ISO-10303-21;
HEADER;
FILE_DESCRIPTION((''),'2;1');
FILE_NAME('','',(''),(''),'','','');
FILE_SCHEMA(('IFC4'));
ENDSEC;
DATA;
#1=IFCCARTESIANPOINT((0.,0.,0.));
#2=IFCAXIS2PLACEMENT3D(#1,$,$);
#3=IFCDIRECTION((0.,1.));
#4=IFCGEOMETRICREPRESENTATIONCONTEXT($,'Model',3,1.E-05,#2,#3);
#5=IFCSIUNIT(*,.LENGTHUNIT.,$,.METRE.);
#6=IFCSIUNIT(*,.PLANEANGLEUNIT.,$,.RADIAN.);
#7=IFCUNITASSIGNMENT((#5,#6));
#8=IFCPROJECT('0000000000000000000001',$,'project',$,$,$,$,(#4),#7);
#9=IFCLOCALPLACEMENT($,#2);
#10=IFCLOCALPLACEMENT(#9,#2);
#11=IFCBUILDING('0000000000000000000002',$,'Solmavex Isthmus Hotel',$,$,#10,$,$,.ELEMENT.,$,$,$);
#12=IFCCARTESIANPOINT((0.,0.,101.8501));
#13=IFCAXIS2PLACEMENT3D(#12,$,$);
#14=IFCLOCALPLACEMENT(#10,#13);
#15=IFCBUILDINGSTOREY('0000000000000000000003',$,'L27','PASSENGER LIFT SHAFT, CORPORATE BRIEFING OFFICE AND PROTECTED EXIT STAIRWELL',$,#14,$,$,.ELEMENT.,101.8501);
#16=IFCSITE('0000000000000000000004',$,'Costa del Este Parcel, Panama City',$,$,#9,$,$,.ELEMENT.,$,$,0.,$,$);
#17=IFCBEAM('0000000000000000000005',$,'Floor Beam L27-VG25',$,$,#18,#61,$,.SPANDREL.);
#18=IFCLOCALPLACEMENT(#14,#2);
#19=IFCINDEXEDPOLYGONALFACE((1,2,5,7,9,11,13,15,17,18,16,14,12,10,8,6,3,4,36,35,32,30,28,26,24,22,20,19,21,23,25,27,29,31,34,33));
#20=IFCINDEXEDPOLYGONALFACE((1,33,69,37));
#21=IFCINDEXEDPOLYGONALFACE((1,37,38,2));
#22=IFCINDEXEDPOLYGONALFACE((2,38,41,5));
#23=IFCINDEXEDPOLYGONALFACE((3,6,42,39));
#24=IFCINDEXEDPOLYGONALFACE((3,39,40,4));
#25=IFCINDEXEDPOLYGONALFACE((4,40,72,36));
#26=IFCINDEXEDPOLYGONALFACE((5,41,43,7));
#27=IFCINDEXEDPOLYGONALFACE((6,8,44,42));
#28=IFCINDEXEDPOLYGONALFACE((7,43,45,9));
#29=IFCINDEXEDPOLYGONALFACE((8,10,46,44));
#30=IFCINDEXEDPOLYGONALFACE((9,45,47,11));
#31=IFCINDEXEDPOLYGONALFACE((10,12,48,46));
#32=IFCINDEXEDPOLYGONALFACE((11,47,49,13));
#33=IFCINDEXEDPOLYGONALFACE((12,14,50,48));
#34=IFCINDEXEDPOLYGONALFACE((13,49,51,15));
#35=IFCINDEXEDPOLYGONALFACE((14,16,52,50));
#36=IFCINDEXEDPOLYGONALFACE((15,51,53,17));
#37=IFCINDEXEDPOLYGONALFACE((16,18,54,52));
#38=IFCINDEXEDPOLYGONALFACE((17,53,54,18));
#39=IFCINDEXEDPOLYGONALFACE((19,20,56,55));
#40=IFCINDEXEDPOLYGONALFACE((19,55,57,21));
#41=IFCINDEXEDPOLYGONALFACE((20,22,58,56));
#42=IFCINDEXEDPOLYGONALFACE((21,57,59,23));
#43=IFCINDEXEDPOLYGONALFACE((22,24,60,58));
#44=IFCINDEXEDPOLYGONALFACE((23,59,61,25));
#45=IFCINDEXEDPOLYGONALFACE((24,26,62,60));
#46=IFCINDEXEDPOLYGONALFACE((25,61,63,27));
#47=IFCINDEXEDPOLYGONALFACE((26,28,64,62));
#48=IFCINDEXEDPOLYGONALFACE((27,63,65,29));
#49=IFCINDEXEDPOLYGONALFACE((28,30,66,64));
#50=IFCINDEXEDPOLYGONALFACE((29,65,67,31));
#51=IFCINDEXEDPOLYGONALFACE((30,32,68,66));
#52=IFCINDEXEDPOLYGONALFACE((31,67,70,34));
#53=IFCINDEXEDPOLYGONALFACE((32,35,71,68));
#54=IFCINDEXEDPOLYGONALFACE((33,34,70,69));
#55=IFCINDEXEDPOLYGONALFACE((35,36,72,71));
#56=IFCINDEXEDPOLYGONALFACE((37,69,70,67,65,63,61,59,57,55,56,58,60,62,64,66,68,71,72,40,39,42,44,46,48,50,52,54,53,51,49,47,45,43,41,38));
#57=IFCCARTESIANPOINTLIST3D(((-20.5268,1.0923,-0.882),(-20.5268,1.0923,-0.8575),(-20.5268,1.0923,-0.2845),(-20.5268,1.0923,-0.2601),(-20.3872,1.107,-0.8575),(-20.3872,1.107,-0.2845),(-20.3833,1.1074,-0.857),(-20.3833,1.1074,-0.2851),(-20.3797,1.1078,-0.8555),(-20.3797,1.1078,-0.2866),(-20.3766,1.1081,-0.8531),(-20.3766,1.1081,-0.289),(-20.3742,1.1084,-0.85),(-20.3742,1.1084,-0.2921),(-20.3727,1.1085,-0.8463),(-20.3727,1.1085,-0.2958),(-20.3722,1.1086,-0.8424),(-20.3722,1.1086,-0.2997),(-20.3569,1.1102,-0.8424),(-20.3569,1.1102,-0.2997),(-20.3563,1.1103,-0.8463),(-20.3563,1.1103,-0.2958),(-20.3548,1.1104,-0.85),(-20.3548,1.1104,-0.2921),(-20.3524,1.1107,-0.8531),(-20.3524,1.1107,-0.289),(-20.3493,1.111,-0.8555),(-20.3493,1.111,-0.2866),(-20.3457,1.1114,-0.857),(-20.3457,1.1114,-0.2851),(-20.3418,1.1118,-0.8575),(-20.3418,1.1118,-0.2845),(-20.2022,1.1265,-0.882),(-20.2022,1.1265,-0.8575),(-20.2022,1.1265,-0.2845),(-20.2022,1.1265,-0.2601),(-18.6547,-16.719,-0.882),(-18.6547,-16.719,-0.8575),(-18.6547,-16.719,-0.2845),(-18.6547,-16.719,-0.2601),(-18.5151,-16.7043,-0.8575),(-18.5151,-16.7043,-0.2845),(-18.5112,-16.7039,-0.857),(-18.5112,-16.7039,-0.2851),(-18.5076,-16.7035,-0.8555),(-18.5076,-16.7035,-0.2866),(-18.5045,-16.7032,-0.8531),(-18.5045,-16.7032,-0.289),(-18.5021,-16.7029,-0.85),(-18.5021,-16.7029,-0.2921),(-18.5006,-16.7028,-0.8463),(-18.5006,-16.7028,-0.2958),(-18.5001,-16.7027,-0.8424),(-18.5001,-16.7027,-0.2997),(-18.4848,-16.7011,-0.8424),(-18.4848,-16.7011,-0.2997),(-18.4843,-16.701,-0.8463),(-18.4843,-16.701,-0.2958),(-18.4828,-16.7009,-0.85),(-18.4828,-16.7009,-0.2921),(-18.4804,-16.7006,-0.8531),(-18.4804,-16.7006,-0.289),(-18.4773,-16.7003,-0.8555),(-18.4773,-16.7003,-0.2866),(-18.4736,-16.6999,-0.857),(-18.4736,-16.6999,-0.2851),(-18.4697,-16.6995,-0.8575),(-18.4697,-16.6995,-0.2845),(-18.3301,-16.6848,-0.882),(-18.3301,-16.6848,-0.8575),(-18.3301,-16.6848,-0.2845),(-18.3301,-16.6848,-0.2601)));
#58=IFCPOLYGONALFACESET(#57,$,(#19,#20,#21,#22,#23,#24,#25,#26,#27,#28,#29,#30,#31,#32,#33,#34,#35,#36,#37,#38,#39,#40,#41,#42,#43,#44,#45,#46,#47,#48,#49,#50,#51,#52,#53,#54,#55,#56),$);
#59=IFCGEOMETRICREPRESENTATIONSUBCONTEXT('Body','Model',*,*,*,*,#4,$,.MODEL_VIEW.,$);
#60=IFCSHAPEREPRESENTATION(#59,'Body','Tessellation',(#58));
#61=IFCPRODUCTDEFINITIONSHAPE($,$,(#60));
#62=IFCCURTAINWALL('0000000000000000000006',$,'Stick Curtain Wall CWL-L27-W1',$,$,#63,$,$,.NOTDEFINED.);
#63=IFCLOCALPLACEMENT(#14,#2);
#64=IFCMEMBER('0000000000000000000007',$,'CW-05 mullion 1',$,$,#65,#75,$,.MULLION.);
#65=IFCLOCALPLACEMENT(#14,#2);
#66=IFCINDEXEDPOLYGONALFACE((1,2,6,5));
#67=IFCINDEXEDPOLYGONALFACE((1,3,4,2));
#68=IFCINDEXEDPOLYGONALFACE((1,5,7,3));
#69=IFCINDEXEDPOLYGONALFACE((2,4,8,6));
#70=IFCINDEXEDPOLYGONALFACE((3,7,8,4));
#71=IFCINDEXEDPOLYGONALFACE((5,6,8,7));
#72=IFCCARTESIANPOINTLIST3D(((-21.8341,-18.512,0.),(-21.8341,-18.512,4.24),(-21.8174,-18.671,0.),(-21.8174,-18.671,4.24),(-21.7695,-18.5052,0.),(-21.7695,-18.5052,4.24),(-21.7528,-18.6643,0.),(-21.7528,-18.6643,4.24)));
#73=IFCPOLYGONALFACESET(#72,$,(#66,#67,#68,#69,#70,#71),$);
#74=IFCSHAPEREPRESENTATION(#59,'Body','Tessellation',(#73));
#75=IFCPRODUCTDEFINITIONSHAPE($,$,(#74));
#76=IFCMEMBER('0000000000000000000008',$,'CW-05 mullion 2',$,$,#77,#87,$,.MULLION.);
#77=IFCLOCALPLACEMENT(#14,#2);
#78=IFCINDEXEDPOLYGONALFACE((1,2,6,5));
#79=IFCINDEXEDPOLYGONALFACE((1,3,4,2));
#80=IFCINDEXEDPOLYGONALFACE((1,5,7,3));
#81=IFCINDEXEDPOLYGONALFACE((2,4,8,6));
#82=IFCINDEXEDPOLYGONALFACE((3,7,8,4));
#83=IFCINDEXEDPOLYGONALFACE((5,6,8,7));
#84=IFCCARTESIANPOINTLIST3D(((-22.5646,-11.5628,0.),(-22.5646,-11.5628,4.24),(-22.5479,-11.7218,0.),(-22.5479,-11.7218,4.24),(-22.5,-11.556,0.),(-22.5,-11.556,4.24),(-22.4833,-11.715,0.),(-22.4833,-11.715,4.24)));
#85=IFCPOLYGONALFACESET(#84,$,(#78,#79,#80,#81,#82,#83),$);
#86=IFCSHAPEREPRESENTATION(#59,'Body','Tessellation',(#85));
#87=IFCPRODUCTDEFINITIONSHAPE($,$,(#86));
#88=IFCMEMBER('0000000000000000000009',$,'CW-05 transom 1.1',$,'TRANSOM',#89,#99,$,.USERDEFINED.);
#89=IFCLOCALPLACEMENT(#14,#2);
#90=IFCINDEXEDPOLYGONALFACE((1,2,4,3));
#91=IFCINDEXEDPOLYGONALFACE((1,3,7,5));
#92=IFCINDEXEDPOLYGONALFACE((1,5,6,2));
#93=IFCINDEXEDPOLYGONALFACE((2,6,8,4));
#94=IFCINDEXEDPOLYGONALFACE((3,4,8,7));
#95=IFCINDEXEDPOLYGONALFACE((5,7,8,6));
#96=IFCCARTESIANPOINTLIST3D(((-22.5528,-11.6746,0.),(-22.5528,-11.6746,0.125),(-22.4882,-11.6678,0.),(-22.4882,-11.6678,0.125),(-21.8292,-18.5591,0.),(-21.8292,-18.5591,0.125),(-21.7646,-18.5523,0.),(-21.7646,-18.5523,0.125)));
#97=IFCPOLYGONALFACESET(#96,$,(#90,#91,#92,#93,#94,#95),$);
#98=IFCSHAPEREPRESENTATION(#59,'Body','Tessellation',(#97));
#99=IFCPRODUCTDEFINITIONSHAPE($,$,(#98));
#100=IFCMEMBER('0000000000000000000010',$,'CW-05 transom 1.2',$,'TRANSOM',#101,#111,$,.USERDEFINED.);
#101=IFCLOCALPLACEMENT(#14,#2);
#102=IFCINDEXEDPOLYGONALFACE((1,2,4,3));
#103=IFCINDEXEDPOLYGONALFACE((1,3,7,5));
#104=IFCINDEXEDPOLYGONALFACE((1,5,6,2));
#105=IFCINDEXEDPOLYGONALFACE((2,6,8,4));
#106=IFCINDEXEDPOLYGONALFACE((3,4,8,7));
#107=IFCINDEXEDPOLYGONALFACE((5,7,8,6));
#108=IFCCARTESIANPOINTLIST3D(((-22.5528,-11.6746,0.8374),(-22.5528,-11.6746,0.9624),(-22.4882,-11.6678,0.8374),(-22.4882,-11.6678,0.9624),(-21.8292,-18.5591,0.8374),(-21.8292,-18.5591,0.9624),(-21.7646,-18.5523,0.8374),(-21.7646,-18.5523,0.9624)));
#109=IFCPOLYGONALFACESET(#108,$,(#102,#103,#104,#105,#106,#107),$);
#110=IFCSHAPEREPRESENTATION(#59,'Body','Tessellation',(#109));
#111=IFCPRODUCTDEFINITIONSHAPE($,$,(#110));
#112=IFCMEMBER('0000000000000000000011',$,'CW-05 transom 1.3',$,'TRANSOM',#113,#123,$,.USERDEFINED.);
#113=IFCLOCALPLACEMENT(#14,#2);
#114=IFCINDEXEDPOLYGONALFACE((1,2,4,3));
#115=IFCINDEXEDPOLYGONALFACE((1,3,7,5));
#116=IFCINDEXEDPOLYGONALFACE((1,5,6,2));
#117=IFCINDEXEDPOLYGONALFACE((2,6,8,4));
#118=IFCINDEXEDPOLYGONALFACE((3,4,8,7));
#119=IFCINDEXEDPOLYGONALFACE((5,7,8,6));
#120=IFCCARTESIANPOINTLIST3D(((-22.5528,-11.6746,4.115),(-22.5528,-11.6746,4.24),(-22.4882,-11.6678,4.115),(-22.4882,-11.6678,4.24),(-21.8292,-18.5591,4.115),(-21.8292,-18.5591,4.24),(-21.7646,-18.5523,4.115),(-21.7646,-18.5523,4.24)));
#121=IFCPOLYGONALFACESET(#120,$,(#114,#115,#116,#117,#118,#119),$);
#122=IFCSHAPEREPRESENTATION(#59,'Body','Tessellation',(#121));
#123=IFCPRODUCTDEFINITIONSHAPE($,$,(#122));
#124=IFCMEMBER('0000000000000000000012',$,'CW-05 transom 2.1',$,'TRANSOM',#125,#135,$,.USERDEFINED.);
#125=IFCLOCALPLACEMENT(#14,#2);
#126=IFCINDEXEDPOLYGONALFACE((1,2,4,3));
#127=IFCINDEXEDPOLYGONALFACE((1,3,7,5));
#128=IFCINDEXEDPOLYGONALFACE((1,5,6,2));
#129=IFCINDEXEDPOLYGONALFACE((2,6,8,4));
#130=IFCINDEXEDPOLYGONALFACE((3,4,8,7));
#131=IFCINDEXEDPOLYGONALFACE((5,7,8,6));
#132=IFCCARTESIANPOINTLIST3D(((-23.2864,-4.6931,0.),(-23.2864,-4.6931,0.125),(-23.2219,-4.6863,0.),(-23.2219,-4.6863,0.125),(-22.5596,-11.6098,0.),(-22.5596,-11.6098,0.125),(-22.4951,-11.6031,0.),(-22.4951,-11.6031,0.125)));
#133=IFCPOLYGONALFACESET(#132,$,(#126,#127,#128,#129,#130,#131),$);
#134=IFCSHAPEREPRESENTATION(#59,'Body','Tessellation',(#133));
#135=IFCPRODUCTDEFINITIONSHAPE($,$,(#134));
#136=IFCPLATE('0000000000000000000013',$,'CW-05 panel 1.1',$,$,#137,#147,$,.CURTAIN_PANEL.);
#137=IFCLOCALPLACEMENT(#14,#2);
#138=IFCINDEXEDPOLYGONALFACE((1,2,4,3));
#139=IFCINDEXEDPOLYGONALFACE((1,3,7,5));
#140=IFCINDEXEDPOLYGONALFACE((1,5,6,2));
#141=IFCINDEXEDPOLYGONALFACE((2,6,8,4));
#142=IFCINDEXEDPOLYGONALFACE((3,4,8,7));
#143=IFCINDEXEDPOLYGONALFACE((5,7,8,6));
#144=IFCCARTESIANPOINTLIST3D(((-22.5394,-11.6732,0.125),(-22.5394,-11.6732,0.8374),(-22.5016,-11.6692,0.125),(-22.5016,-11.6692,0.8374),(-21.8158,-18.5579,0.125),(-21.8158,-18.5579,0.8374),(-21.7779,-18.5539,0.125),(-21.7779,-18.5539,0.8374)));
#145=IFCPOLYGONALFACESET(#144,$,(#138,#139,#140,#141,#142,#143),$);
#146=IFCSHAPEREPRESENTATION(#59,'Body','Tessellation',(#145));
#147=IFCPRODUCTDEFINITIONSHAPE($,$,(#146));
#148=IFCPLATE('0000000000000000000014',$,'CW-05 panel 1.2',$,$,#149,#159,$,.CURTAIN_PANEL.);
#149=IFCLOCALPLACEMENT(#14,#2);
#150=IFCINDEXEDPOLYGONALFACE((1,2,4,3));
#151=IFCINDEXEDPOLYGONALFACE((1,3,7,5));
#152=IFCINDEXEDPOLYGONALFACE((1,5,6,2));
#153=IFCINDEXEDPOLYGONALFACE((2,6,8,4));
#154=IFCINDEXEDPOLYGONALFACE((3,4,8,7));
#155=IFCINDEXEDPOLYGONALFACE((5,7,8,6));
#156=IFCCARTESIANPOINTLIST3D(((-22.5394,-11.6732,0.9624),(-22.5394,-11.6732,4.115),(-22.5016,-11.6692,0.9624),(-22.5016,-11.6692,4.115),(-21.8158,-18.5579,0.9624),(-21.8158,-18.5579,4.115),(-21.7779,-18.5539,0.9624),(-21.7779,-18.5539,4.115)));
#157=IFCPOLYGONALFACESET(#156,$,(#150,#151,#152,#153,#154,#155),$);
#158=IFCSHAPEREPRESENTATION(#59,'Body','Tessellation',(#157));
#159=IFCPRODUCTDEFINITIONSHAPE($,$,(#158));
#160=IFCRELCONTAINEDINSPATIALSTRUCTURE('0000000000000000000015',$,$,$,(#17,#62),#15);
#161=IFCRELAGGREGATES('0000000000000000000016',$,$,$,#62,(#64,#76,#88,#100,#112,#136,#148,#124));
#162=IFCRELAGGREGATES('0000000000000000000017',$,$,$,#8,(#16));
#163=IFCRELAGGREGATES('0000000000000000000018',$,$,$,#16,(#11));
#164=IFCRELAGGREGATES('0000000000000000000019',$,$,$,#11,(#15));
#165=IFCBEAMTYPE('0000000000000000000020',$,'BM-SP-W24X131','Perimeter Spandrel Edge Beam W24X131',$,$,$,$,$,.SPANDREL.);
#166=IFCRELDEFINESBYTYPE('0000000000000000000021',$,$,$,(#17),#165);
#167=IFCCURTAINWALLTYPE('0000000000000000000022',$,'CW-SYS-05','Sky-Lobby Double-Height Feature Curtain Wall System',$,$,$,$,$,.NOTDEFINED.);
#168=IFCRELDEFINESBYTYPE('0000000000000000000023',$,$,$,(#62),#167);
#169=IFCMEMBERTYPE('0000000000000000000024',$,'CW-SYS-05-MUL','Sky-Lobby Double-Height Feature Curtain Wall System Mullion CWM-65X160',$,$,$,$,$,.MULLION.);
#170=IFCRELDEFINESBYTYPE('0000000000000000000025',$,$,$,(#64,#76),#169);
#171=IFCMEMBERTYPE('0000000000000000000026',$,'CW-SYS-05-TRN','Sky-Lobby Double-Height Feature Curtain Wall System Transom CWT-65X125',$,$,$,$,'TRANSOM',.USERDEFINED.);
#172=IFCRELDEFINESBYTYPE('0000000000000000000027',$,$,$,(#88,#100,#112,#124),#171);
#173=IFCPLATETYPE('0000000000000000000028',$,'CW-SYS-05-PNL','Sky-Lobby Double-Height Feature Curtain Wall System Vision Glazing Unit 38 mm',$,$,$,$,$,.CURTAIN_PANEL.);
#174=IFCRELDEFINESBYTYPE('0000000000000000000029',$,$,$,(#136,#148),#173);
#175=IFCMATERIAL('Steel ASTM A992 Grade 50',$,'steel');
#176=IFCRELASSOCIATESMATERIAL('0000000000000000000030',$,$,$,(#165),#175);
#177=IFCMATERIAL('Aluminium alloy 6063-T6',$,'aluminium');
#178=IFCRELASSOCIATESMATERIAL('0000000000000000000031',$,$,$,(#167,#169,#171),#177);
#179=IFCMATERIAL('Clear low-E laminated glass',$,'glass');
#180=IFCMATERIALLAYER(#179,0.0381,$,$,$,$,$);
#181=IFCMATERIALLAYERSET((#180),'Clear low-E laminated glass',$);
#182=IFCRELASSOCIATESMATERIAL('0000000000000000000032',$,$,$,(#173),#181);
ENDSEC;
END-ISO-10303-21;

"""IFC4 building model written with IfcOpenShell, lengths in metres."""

from ifc_helpers import new_model, si_unit, direction, frame, origin, origin_2d, place, context, subcontext, project, spatial, rectangle, i_section, extrude, material, layer, layer_set, material_profile, profile_set, type_object, element, aggregate, save


model = new_model("IFC4")

# Units and contexts
model_context = context("Model", 3, precision=1e-05, world=origin(), true_north=direction((0.0, 1.0)))
body_context = subcontext(model_context, "Body", "Model", "MODEL_VIEW")
ifc_project = project(units=[si_unit("LENGTHUNIT", "METRE"), si_unit("PLANEANGLEUNIT", "RADIAN")], contexts=[model_context])

# Site, building, storey
site_placement = place(None, origin())
site = spatial("IfcSite", under=ifc_project, at=site_placement, Name="Costa del Este Parcel, Panama City", CompositionType="ELEMENT", RefElevation=0.0)
building_placement = place(site_placement, origin())
building = spatial("IfcBuilding", under=site, at=building_placement, Name="Solmavex Isthmus Hotel", CompositionType="ELEMENT")
storey_placement = place(building_placement, frame((0.0, 0.0, 101.8501)))
storey = spatial("IfcBuildingStorey", under=building, at=storey_placement, Name="L27", Description="PASSENGER LIFT SHAFT, CORPORATE BRIEFING OFFICE AND PROTECTED EXIT STAIRWELL", CompositionType="ELEMENT", Elevation=101.8501)

# Beam
ifc_material_1 = material(Name="Steel ASTM A992 Grade 50", Category="steel")
ifc_material_profile_1 = material_profile(ifc_material_1, i_section(OverallWidth=0.3264, OverallDepth=0.6218, WebThickness=0.0154, FlangeThickness=0.0244, FilletRadius=0.0151, at=origin_2d()), Name="W24X131")
ifc_profile_set_1 = profile_set([ifc_material_profile_1], Name="Steel ASTM A992 Grade 50")
beam_type_1 = type_object("IfcBeamType", Name="BM-SP-W24X131", Description="Perimeter Spandrel Edge Beam W24X131", PredefinedType="SPANDREL", material=ifc_profile_set_1)
beam_1_placement = place(storey_placement, frame((-18.4924, -16.7019, -0.571), z_axis=(-0.10453, 0.994522, 0.0), x_axis=(-0.994522, -0.10453, 0.0)))
element("IfcBeam", 1, at=beam_1_placement, inside=storey, type_object=beam_type_1, Name="Floor Beam L27-VG25", PredefinedType="SPANDREL", context=body_context, shape_type="SweptSolid", body=[
    extrude(i_section(OverallWidth=0.3264, OverallDepth=0.6218, WebThickness=0.0154, FlangeThickness=0.0244, FilletRadius=0.0151, at=origin_2d()), origin(), (0.0, 0.0, 1.0), 17.9094),
])

# Curtain wall, members, plates
ifc_material_2 = material(Name="Aluminium alloy 6063-T6", Category="aluminium")
curtain_wall_type = type_object("IfcCurtainWallType", Name="CW-SYS-05", Description="Sky-Lobby Double-Height Feature Curtain Wall System", PredefinedType="NOTDEFINED", material=ifc_material_2)
curtain_wall_placement = place(storey_placement, origin())
curtain_wall = element("IfcCurtainWall", 2, at=curtain_wall_placement, inside=storey, type_object=curtain_wall_type, Name="Stick Curtain Wall CWL-L27-W1", PredefinedType="NOTDEFINED")
ifc_material_profile_2 = material_profile(ifc_material_2, rectangle(XDim=0.0649, YDim=0.1599, at=origin_2d()), Name="CWM-65X160")
ifc_profile_set_2 = profile_set([ifc_material_profile_2], Name="Aluminium alloy 6063-T6")
member_type_1 = type_object("IfcMemberType", Name="CW-SYS-05-MUL", Description="Sky-Lobby Double-Height Feature Curtain Wall System Mullion CWM-65X160", PredefinedType="MULLION", material=ifc_profile_set_2)
member_1_placement = place(storey_placement, frame((-21.7935, -18.5881, 0.0), z_axis=(0.0, 0.0, 1.0), x_axis=(-0.994522, -0.104528, 0.0)))
member_1 = element("IfcMember", 3, at=member_1_placement, type_object=member_type_1, Name="CW-05 mullion 1", PredefinedType="MULLION", context=body_context, shape_type="SweptSolid", body=[
    extrude(rectangle(XDim=0.0649, YDim=0.1599, at=origin_2d()), origin(), (0.0, 0.0, 1.0), 4.24),
])
member_2_placement = place(storey_placement, frame((-22.5239, -11.6389, 0.0), z_axis=(0.0, 0.0, 1.0), x_axis=(-0.994522, -0.104528, 0.0)))
member_2 = element("IfcMember", 4, at=member_2_placement, type_object=member_type_1, Name="CW-05 mullion 2", PredefinedType="MULLION", context=body_context, shape_type="SweptSolid", body=[
    extrude(rectangle(XDim=0.0649, YDim=0.1599, at=origin_2d()), origin(), (0.0, 0.0, 1.0), 4.24),
])
ifc_material_profile_3 = material_profile(ifc_material_2, rectangle(XDim=0.0649, YDim=0.125, at=origin_2d()), Name="CWT-65X125")
ifc_profile_set_3 = profile_set([ifc_material_profile_3], Name="Aluminium alloy 6063-T6")
member_type_2 = type_object("IfcMemberType", Name="CW-SYS-05-TRN", Description="Sky-Lobby Double-Height Feature Curtain Wall System Transom CWT-65X125", ElementType="TRANSOM", PredefinedType="USERDEFINED", material=ifc_profile_set_3)
member_3_placement = place(storey_placement, frame((-21.7969, -18.5557, 0.0625), z_axis=(-0.104534, 0.994521, 0.0), x_axis=(-0.994521, -0.104534, 0.0)))
member_3 = element("IfcMember", 5, at=member_3_placement, type_object=member_type_2, Name="CW-05 transom 1.1", ObjectType="TRANSOM", PredefinedType="USERDEFINED", context=body_context, shape_type="SweptSolid", body=[
    extrude(rectangle(XDim=0.0649, YDim=0.125, at=origin_2d()), origin(), (0.0, 0.0, 1.0), 6.9224),
])
member_4_placement = place(storey_placement, frame((-21.7969, -18.5557, 0.8999), z_axis=(-0.104534, 0.994521, 0.0), x_axis=(-0.994521, -0.104534, 0.0)))
member_4 = element("IfcMember", 6, at=member_4_placement, type_object=member_type_2, Name="CW-05 transom 1.2", ObjectType="TRANSOM", PredefinedType="USERDEFINED", context=body_context, shape_type="SweptSolid", body=[
    extrude(rectangle(XDim=0.0649, YDim=0.125, at=origin_2d()), origin(), (0.0, 0.0, 1.0), 6.9224),
])
member_5_placement = place(storey_placement, frame((-21.7969, -18.5557, 4.1775), z_axis=(-0.104534, 0.994521, 0.0), x_axis=(-0.994521, -0.104534, 0.0)))
member_5 = element("IfcMember", 7, at=member_5_placement, type_object=member_type_2, Name="CW-05 transom 1.3", ObjectType="TRANSOM", PredefinedType="USERDEFINED", context=body_context, shape_type="SweptSolid", body=[
    extrude(rectangle(XDim=0.0649, YDim=0.125, at=origin_2d()), origin(), (0.0, 0.0, 1.0), 6.9224),
])
member_6_placement = place(storey_placement, frame((-22.5273, -11.6064, 0.0625), z_axis=(-0.104504, 0.994524, 0.0), x_axis=(-0.994524, -0.104504, 0.0)))
member_6 = element("IfcMember", 8, at=member_6_placement, type_object=member_type_2, Name="CW-05 transom 2.1", ObjectType="TRANSOM", PredefinedType="USERDEFINED", context=body_context, shape_type="SweptSolid", body=[
    extrude(rectangle(XDim=0.0649, YDim=0.125, at=origin_2d()), origin(), (0.0, 0.0, 1.0), 6.9548),
])
ifc_material_3 = material(Name="Clear low-E laminated glass", Category="glass")
ifc_layer_1 = layer(ifc_material_3, 0.0381)
ifc_layer_set_1 = layer_set([ifc_layer_1], Name="Clear low-E laminated glass")
plate_type = type_object("IfcPlateType", Name="CW-SYS-05-PNL", Description="Sky-Lobby Double-Height Feature Curtain Wall System Vision Glazing Unit 38 mm", PredefinedType="CURTAIN_PANEL", material=ifc_layer_set_1)
plate_1_placement = place(storey_placement, frame((-22.1587, -15.1135, 0.125), z_axis=(0.0, 0.0, 1.0), x_axis=(-0.104528, 0.994522, 0.0)))
plate_1 = element("IfcPlate", 9, at=plate_1_placement, type_object=plate_type, Name="CW-05 panel 1.1", PredefinedType="CURTAIN_PANEL", context=body_context, shape_type="SweptSolid", body=[
    extrude(rectangle(XDim=6.9226, YDim=0.0381, at=origin_2d()), origin(), (0.0, 0.0, 1.0), 0.7124),
])
plate_2_placement = place(storey_placement, frame((-22.1587, -15.1135, 0.9624), z_axis=(0.0, 0.0, 1.0), x_axis=(-0.104528, 0.994522, 0.0)))
plate_2 = element("IfcPlate", 10, at=plate_2_placement, type_object=plate_type, Name="CW-05 panel 1.2", PredefinedType="CURTAIN_PANEL", context=body_context, shape_type="SweptSolid", body=[
    extrude(rectangle(XDim=6.9226, YDim=0.0381, at=origin_2d()), origin(), (0.0, 0.0, 1.0), 3.1526),
])
aggregate(curtain_wall, [member_1, member_2, member_3, member_4, member_5, plate_1, plate_2, member_6])

save(model, "model.ifc")
